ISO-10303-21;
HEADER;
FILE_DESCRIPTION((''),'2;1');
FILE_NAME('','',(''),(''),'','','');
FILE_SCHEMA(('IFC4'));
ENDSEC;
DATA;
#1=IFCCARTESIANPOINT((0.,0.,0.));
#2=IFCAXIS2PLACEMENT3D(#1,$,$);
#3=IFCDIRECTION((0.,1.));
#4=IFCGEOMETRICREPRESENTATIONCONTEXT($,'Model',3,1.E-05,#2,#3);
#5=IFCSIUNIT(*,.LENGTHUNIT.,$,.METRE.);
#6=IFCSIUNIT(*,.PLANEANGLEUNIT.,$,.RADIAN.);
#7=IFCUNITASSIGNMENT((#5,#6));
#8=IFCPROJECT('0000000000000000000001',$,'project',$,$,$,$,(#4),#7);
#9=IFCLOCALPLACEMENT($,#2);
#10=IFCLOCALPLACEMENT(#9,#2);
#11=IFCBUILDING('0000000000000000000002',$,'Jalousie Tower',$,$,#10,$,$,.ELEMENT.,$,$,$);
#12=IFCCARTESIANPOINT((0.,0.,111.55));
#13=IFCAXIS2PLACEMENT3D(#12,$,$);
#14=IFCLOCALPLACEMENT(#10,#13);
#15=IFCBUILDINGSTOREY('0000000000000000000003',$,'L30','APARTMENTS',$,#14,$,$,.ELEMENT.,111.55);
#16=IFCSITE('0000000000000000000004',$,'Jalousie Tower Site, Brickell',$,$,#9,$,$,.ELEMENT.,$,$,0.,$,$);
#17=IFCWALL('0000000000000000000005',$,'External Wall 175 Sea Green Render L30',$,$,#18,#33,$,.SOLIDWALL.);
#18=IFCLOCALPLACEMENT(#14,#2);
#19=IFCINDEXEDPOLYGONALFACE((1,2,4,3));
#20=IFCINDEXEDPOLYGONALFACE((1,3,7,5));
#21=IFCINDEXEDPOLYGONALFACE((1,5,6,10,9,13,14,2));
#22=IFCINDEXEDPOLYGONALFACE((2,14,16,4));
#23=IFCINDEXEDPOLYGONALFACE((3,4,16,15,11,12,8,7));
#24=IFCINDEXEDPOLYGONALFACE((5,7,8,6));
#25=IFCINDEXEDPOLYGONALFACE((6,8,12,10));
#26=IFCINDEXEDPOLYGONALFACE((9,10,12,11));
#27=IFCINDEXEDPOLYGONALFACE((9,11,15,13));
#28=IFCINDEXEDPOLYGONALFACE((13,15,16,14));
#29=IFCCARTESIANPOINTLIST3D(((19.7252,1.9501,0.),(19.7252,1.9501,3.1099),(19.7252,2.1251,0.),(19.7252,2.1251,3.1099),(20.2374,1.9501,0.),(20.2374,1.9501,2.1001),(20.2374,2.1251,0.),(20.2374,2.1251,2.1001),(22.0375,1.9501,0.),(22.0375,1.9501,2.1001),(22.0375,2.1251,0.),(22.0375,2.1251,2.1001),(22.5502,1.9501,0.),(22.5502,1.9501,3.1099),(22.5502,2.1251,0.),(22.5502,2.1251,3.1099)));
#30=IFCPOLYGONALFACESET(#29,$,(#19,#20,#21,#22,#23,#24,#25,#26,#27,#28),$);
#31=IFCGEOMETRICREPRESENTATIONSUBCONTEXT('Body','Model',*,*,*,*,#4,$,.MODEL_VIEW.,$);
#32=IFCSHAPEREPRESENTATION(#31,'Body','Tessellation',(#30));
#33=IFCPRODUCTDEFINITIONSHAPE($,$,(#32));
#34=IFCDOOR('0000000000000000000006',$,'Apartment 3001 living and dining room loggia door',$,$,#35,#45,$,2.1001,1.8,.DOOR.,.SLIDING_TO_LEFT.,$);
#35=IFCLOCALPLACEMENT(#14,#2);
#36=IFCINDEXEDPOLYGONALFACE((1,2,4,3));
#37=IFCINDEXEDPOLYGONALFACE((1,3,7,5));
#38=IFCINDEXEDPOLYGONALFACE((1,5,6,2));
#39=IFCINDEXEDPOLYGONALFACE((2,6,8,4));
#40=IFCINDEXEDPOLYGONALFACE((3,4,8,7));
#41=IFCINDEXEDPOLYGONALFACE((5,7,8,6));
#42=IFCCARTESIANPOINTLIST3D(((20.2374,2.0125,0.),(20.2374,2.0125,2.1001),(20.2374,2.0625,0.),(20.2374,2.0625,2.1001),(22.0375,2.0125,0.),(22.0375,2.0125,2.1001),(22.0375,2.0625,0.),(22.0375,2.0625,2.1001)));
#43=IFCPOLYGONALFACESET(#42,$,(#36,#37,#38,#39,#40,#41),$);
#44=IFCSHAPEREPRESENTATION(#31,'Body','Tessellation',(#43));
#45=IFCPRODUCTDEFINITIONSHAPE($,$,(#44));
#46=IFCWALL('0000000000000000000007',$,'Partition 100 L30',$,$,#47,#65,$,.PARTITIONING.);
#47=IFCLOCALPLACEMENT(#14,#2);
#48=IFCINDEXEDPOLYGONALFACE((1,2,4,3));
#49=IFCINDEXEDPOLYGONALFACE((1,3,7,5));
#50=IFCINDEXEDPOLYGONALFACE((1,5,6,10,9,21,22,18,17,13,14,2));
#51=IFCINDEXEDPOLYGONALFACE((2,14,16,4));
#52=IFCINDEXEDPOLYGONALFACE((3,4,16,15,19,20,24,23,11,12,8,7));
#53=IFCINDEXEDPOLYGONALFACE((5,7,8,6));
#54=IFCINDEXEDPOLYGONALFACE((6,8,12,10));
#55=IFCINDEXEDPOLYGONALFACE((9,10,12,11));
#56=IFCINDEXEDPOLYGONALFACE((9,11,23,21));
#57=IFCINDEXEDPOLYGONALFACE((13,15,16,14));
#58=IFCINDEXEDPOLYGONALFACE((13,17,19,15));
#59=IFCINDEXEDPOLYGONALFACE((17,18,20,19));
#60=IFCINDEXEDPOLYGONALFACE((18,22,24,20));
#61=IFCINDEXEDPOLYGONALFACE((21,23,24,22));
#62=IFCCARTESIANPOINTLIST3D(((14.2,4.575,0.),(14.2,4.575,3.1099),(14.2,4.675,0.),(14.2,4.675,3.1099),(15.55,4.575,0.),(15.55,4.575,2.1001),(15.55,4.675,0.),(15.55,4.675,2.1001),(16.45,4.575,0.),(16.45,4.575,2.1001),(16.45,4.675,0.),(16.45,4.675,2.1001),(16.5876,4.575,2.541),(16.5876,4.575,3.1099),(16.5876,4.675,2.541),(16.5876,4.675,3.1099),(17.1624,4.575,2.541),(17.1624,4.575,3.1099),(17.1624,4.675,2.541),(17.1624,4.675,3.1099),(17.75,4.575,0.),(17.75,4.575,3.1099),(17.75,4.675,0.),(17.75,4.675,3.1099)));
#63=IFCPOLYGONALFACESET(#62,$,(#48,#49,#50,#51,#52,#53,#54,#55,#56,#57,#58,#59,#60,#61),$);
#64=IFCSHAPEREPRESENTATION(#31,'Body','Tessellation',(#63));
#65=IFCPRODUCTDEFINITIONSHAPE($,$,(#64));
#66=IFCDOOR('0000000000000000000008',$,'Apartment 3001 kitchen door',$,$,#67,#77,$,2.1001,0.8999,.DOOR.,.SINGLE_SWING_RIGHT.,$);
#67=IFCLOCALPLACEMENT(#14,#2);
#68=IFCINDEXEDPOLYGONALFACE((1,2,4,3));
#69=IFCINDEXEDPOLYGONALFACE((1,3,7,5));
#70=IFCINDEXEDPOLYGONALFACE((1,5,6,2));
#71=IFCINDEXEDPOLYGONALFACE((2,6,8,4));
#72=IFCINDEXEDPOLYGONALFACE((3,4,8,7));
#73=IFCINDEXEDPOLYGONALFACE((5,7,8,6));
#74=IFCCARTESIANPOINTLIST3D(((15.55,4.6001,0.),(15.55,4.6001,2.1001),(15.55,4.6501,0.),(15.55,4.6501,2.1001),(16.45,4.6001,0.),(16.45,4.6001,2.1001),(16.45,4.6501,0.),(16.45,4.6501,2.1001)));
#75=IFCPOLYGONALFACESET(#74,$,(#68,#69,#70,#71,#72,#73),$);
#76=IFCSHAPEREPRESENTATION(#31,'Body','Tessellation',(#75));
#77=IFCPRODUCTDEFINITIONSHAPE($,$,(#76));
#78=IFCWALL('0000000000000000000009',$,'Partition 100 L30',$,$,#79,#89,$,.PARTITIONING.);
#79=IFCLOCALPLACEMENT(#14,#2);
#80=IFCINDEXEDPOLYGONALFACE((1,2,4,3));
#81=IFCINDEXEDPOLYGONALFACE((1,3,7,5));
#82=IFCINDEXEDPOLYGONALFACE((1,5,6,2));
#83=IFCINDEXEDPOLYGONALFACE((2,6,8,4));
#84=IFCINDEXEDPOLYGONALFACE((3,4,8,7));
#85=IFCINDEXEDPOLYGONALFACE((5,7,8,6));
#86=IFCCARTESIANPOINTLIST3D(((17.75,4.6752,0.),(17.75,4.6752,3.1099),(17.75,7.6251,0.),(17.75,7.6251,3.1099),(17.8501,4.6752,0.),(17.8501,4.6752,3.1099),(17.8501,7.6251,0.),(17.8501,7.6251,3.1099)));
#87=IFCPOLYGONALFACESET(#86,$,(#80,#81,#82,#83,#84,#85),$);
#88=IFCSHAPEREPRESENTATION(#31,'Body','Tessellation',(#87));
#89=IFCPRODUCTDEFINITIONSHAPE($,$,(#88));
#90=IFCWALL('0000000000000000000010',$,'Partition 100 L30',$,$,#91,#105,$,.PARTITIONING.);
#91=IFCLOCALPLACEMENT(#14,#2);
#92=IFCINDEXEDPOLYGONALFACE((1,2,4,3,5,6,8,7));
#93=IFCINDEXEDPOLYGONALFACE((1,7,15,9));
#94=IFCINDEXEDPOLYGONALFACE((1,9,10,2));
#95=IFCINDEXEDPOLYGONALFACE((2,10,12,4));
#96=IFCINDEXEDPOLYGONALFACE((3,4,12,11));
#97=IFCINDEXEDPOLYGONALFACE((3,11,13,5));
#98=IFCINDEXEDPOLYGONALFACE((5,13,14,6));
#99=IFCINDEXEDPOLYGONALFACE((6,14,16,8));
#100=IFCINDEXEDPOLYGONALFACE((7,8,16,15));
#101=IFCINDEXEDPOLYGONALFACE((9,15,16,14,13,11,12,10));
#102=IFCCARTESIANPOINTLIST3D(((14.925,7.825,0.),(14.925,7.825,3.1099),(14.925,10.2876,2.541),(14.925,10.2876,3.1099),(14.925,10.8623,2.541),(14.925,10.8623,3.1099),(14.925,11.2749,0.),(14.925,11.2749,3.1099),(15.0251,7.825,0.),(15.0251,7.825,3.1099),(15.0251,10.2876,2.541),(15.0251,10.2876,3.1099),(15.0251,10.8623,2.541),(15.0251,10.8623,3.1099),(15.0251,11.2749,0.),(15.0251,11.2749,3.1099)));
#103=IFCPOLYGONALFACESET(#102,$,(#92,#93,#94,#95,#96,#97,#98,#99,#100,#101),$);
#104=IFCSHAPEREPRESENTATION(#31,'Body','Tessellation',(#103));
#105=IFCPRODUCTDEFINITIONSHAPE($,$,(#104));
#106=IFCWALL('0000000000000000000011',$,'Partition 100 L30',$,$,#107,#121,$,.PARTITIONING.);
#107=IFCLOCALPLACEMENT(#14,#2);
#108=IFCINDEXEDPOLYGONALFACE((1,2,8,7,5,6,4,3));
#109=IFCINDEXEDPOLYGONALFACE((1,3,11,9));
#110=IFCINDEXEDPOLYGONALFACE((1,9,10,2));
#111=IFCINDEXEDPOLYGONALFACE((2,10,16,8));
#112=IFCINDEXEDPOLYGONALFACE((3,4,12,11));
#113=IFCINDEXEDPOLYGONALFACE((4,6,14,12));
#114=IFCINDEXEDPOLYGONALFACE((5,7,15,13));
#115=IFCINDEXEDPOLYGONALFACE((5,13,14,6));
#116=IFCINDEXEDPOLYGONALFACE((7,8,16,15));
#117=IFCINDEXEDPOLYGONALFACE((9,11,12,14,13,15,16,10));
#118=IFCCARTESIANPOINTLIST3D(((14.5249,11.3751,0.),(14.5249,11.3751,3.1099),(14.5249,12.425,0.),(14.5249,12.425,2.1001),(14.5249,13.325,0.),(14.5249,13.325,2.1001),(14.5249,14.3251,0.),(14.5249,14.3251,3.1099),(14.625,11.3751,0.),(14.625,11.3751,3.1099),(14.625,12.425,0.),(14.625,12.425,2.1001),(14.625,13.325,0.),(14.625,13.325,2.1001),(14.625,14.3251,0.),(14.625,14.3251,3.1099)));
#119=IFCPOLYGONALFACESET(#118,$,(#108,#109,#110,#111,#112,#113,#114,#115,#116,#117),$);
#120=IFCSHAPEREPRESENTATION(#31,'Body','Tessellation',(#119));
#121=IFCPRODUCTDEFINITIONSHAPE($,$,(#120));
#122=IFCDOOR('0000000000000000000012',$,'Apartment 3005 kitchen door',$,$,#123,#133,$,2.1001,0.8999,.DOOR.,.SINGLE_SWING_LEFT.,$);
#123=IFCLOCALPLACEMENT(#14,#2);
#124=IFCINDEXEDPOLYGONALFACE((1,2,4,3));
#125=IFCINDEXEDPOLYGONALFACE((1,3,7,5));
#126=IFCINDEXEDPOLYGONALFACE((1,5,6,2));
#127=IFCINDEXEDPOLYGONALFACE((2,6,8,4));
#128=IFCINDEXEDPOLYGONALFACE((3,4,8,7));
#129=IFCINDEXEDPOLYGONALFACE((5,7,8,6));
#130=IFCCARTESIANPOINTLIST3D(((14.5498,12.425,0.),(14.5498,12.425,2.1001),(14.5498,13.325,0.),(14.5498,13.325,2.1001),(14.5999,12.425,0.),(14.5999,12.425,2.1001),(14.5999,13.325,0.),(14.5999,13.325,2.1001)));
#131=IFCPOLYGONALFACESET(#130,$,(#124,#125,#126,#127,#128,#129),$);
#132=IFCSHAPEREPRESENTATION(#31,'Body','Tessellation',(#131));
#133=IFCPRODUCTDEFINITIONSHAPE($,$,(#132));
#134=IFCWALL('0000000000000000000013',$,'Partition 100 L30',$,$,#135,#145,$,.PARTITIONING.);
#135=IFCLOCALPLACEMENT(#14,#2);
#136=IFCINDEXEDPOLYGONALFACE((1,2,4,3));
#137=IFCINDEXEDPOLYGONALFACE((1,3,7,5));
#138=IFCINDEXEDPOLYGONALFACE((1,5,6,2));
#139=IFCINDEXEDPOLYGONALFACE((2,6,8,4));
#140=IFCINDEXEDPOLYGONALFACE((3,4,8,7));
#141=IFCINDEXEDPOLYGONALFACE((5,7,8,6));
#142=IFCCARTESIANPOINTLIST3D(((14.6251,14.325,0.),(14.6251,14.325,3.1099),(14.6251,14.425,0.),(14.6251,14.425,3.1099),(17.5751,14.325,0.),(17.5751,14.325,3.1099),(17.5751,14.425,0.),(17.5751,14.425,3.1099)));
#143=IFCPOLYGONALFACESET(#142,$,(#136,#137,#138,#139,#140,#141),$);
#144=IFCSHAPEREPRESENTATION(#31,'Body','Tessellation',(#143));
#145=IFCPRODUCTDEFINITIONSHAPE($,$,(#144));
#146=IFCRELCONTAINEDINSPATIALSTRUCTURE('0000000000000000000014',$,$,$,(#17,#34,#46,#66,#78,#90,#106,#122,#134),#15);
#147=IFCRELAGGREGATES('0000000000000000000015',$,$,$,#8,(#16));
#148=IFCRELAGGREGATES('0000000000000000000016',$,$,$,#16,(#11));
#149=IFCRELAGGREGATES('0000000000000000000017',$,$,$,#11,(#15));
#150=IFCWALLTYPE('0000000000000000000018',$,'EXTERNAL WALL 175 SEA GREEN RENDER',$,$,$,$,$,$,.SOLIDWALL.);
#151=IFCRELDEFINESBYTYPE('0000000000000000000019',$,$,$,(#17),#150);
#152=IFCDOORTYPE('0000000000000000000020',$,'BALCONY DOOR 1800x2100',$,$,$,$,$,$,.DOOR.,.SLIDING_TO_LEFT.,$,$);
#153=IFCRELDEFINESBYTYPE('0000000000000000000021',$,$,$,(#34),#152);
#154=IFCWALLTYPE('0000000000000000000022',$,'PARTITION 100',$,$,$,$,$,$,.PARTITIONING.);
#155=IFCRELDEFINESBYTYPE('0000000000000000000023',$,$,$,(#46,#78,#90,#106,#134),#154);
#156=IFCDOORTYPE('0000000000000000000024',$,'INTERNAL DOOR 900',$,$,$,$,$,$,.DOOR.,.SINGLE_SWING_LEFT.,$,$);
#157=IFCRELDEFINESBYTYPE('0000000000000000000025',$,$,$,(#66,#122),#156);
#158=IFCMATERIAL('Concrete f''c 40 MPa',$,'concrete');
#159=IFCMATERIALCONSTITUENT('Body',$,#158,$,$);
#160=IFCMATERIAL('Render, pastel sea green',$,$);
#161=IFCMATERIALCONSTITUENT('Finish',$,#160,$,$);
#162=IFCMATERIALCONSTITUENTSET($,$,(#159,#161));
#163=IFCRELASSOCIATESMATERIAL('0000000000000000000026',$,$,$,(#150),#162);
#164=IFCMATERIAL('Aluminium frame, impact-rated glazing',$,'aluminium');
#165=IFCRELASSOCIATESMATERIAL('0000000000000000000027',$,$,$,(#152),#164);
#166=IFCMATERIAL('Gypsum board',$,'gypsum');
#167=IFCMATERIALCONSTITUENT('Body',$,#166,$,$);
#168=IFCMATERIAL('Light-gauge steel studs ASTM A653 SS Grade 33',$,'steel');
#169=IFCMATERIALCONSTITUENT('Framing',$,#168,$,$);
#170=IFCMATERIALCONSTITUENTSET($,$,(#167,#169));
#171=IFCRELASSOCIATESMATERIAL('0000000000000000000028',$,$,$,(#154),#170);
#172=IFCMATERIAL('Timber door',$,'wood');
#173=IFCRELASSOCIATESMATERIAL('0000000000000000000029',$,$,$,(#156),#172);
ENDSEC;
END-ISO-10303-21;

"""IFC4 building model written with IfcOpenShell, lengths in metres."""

from ifc_helpers import new_model, si_unit, direction, frame, frame_2d, origin, place, context, subcontext, project, spatial, polyline, rectangle, outline, extrude, material, constituent, constituent_set, type_object, element, fill, save


model = new_model("IFC4")

# Units and contexts
model_context = context("Model", 3, precision=1e-05, world=origin(), true_north=direction((0.0, 1.0)))
body_context = subcontext(model_context, "Body", "Model", "MODEL_VIEW")
ifc_project = project(units=[si_unit("LENGTHUNIT", "METRE"), si_unit("PLANEANGLEUNIT", "RADIAN")], contexts=[model_context])

# Site, building, storey
site_placement = place(None, origin())
site = spatial("IfcSite", under=ifc_project, at=site_placement, Name="Jalousie Tower Site, Brickell", CompositionType="ELEMENT", RefElevation=0.0)
building_placement = place(site_placement, origin())
building = spatial("IfcBuilding", under=site, at=building_placement, Name="Jalousie Tower", CompositionType="ELEMENT")
storey_placement = place(building_placement, frame((0.0, 0.0, 111.55)))
storey = spatial("IfcBuildingStorey", under=building, at=storey_placement, Name="L30", Description="APARTMENTS", CompositionType="ELEMENT", Elevation=111.55)

# Walls, openings, doors
ifc_material_1 = material(Name="Concrete f'c 40 MPa", Category="concrete")
ifc_constituent_1 = constituent(ifc_material_1, Name="Body")
ifc_material_2 = material(Name="Render, pastel sea green")
ifc_constituent_2 = constituent(ifc_material_2, Name="Finish")
ifc_constituent_set_1 = constituent_set(constituents=[ifc_constituent_1, ifc_constituent_2])
wall_type_1 = type_object("IfcWallType", Name="EXTERNAL WALL 175 SEA GREEN RENDER", PredefinedType="SOLIDWALL", material=ifc_constituent_set_1)
wall_1_placement = place(storey_placement, frame((19.7251, 2.0376, 0.0), z_axis=(0.0, 0.0, 1.0), x_axis=(1.0, 0.0, 0.0)))
wall_1 = element("IfcWall", 1, at=wall_1_placement, inside=storey, type_object=wall_type_1, Name="External Wall 175 Sea Green Render L30", PredefinedType="SOLIDWALL", context=body_context, shape_type="SweptSolid", body=[
    extrude(rectangle(XDim=2.825, YDim=0.175, at=frame_2d((1.4126, 0.0))), origin(), (0.0, 0.0, 1.0), 3.1099),
])
opening_1_placement = place(wall_1_placement, frame((0.5125, 0.0, 0.0)))
opening_1 = element("IfcOpeningElement", 2, at=opening_1_placement, cuts=wall_1, PredefinedType="OPENING", context=body_context, shape_type="SweptSolid", body=[
    extrude(rectangle(XDim=1.8, YDim=2.1001, at=frame_2d((0.8999, 1.05))), frame((0.0, 0.0974, 0.0), z_axis=(0.0, -1.0, 0.0), x_axis=(1.0, 0.0, 0.0)), (0.0, 0.0, 1.0), 0.1951),
])
ifc_material_3 = material(Name="Aluminium frame, impact-rated glazing", Category="aluminium")
door_type_1 = type_object("IfcDoorType", Name="BALCONY DOOR 1800x2100", OperationType="SLIDING_TO_LEFT", PredefinedType="DOOR", material=ifc_material_3)
door_1_placement = place(opening_1_placement, origin())
door_1 = element("IfcDoor", 3, at=door_1_placement, inside=storey, type_object=door_type_1, Name="Apartment 3001 living and dining room loggia door", OperationType="SLIDING_TO_LEFT", OverallHeight=2.1001, OverallWidth=1.8, PredefinedType="DOOR", context=body_context, shape_type="SweptSolid", body=[
    extrude(rectangle(XDim=1.8, YDim=2.1001, at=frame_2d((0.8999, 1.05))), frame((0.0, 0.0249, 0.0), z_axis=(0.0, -1.0, 0.0), x_axis=(1.0, 0.0, 0.0)), (0.0, 0.0, 1.0), 0.05),
])
fill(opening_1, door_1)
ifc_material_4 = material(Name="Gypsum board", Category="gypsum")
ifc_constituent_3 = constituent(ifc_material_4, Name="Body")
ifc_material_5 = material(Name="Light-gauge steel studs ASTM A653 SS Grade 33", Category="steel")
ifc_constituent_4 = constituent(ifc_material_5, Name="Framing")
ifc_constituent_set_2 = constituent_set(constituents=[ifc_constituent_3, ifc_constituent_4])
wall_type_2 = type_object("IfcWallType", Name="PARTITION 100", PredefinedType="PARTITIONING", material=ifc_constituent_set_2)
wall_2_placement = place(storey_placement, frame((14.2, 4.625, 0.0), z_axis=(0.0, 0.0, 1.0), x_axis=(1.0, 0.0, 0.0)))
wall_2 = element("IfcWall", 4, at=wall_2_placement, inside=storey, type_object=wall_type_2, Name="Partition 100 L30", PredefinedType="PARTITIONING", context=body_context, shape_type="SweptSolid", body=[
    extrude(outline(polyline([(0.0, 0.0), (3.55, 0.0), (3.55, 3.1099), (2.9624, 3.1099), (2.9624, 2.541), (2.3877, 2.541), (2.3877, 3.1099), (0.0, 3.1099), (0.0, 0.0)])), frame((0.0, 0.05, 0.0), z_axis=(0.0, -1.0, 0.0), x_axis=(1.0, 0.0, 0.0)), (0.0, 0.0, 1.0), 0.1001),
])
opening_2_placement = place(wall_2_placement, frame((1.3501, 0.0, 0.0)))
opening_2 = element("IfcOpeningElement", 5, at=opening_2_placement, cuts=wall_2, PredefinedType="OPENING", context=body_context, shape_type="SweptSolid", body=[
    extrude(rectangle(XDim=0.8999, YDim=2.1001, at=frame_2d((0.45, 1.05))), frame((0.0, 0.0601, 0.0), z_axis=(0.0, -1.0, 0.0), x_axis=(1.0, 0.0, 0.0)), (0.0, 0.0, 1.0), 0.1201),
])
ifc_material_6 = material(Name="Timber door", Category="wood")
door_type_2 = type_object("IfcDoorType", Name="INTERNAL DOOR 900", OperationType="SINGLE_SWING_LEFT", PredefinedType="DOOR", material=ifc_material_6)
door_2_placement = place(opening_2_placement, frame((0.8999, 0.0, 0.0), z_axis=(0.0, 0.0, 1.0), x_axis=(-1.0, 0.0, 0.0)))
door_2 = element("IfcDoor", 6, at=door_2_placement, inside=storey, type_object=door_type_2, Name="Apartment 3001 kitchen door", OperationType="SINGLE_SWING_RIGHT", OverallHeight=2.1001, OverallWidth=0.8999, PredefinedType="DOOR", context=body_context, shape_type="SweptSolid", body=[
    extrude(rectangle(XDim=0.8999, YDim=2.1001, at=frame_2d((0.45, 1.05))), frame((0.0, 0.0249, 0.0), z_axis=(0.0, -1.0, 0.0), x_axis=(1.0, 0.0, 0.0)), (0.0, 0.0, 1.0), 0.05),
])
fill(opening_2, door_2)

# Walls
wall_3_placement = place(storey_placement, frame((17.8, 4.675, 0.0), z_axis=(0.0, 0.0, 1.0), x_axis=(0.0, 1.0, 0.0)))
element("IfcWall", 7, at=wall_3_placement, inside=storey, type_object=wall_type_2, Name="Partition 100 L30", PredefinedType="PARTITIONING", context=body_context, shape_type="SweptSolid", body=[
    extrude(rectangle(XDim=2.95, YDim=0.1001, at=frame_2d((1.4751, 0.0))), origin(), (0.0, 0.0, 1.0), 3.1099),
])
wall_4_placement = place(storey_placement, frame((14.9751, 7.825, 0.0), z_axis=(0.0, 0.0, 1.0), x_axis=(0.0, 1.0, 0.0)))
element("IfcWall", 8, at=wall_4_placement, inside=storey, type_object=wall_type_2, Name="Partition 100 L30", PredefinedType="PARTITIONING", context=body_context, shape_type="SweptSolid", body=[
    extrude(outline(polyline([(0.0, 0.0), (3.45, 0.0), (3.45, 3.1099), (3.0374, 3.1099), (3.0374, 2.541), (2.4626, 2.541), (2.4626, 3.1099), (0.0, 3.1099), (0.0, 0.0)])), frame((0.0, 0.05, 0.0), z_axis=(0.0, -1.0, 0.0), x_axis=(1.0, 0.0, 0.0)), (0.0, 0.0, 1.0), 0.1001),
])

# Wall, opening, door
wall_5_placement = place(storey_placement, frame((14.575, 11.375, 0.0), z_axis=(0.0, 0.0, 1.0), x_axis=(0.0, 1.0, 0.0)))
wall_5 = element("IfcWall", 9, at=wall_5_placement, inside=storey, type_object=wall_type_2, Name="Partition 100 L30", PredefinedType="PARTITIONING", context=body_context, shape_type="SweptSolid", body=[
    extrude(rectangle(XDim=2.95, YDim=0.1001, at=frame_2d((1.4751, 0.0))), origin(), (0.0, 0.0, 1.0), 3.1099),
])
opening_3_placement = place(wall_5_placement, frame((1.05, 0.0, 0.0)))
opening_3 = element("IfcOpeningElement", 10, at=opening_3_placement, cuts=wall_5, PredefinedType="OPENING", context=body_context, shape_type="SweptSolid", body=[
    extrude(rectangle(XDim=0.8999, YDim=2.1001, at=frame_2d((0.45, 1.05))), frame((0.0, 0.0601, 0.0), z_axis=(0.0, -1.0, 0.0), x_axis=(1.0, 0.0, 0.0)), (0.0, 0.0, 1.0), 0.1201),
])
door_3_placement = place(opening_3_placement, frame((0.8999, 0.0, 0.0), z_axis=(0.0, 0.0, 1.0), x_axis=(-1.0, 0.0, 0.0)))
door_3 = element("IfcDoor", 11, at=door_3_placement, inside=storey, type_object=door_type_2, Name="Apartment 3005 kitchen door", OperationType="SINGLE_SWING_LEFT", OverallHeight=2.1001, OverallWidth=0.8999, PredefinedType="DOOR", context=body_context, shape_type="SweptSolid", body=[
    extrude(rectangle(XDim=0.8999, YDim=2.1001, at=frame_2d((0.45, 1.05))), frame((0.0, 0.0249, 0.0), z_axis=(0.0, -1.0, 0.0), x_axis=(1.0, 0.0, 0.0)), (0.0, 0.0, 1.0), 0.05),
])
fill(opening_3, door_3)

# Wall
wall_6_placement = place(storey_placement, frame((14.625, 14.375, 0.0), z_axis=(0.0, 0.0, 1.0), x_axis=(1.0, 0.0, 0.0)))
element("IfcWall", 12, at=wall_6_placement, inside=storey, type_object=wall_type_2, Name="Partition 100 L30", PredefinedType="PARTITIONING", context=body_context, shape_type="SweptSolid", body=[
    extrude(rectangle(XDim=2.95, YDim=0.1001, at=frame_2d((1.4751, 0.0))), origin(), (0.0, 0.0, 1.0), 3.1099),
])

save(model, "model.ifc")
